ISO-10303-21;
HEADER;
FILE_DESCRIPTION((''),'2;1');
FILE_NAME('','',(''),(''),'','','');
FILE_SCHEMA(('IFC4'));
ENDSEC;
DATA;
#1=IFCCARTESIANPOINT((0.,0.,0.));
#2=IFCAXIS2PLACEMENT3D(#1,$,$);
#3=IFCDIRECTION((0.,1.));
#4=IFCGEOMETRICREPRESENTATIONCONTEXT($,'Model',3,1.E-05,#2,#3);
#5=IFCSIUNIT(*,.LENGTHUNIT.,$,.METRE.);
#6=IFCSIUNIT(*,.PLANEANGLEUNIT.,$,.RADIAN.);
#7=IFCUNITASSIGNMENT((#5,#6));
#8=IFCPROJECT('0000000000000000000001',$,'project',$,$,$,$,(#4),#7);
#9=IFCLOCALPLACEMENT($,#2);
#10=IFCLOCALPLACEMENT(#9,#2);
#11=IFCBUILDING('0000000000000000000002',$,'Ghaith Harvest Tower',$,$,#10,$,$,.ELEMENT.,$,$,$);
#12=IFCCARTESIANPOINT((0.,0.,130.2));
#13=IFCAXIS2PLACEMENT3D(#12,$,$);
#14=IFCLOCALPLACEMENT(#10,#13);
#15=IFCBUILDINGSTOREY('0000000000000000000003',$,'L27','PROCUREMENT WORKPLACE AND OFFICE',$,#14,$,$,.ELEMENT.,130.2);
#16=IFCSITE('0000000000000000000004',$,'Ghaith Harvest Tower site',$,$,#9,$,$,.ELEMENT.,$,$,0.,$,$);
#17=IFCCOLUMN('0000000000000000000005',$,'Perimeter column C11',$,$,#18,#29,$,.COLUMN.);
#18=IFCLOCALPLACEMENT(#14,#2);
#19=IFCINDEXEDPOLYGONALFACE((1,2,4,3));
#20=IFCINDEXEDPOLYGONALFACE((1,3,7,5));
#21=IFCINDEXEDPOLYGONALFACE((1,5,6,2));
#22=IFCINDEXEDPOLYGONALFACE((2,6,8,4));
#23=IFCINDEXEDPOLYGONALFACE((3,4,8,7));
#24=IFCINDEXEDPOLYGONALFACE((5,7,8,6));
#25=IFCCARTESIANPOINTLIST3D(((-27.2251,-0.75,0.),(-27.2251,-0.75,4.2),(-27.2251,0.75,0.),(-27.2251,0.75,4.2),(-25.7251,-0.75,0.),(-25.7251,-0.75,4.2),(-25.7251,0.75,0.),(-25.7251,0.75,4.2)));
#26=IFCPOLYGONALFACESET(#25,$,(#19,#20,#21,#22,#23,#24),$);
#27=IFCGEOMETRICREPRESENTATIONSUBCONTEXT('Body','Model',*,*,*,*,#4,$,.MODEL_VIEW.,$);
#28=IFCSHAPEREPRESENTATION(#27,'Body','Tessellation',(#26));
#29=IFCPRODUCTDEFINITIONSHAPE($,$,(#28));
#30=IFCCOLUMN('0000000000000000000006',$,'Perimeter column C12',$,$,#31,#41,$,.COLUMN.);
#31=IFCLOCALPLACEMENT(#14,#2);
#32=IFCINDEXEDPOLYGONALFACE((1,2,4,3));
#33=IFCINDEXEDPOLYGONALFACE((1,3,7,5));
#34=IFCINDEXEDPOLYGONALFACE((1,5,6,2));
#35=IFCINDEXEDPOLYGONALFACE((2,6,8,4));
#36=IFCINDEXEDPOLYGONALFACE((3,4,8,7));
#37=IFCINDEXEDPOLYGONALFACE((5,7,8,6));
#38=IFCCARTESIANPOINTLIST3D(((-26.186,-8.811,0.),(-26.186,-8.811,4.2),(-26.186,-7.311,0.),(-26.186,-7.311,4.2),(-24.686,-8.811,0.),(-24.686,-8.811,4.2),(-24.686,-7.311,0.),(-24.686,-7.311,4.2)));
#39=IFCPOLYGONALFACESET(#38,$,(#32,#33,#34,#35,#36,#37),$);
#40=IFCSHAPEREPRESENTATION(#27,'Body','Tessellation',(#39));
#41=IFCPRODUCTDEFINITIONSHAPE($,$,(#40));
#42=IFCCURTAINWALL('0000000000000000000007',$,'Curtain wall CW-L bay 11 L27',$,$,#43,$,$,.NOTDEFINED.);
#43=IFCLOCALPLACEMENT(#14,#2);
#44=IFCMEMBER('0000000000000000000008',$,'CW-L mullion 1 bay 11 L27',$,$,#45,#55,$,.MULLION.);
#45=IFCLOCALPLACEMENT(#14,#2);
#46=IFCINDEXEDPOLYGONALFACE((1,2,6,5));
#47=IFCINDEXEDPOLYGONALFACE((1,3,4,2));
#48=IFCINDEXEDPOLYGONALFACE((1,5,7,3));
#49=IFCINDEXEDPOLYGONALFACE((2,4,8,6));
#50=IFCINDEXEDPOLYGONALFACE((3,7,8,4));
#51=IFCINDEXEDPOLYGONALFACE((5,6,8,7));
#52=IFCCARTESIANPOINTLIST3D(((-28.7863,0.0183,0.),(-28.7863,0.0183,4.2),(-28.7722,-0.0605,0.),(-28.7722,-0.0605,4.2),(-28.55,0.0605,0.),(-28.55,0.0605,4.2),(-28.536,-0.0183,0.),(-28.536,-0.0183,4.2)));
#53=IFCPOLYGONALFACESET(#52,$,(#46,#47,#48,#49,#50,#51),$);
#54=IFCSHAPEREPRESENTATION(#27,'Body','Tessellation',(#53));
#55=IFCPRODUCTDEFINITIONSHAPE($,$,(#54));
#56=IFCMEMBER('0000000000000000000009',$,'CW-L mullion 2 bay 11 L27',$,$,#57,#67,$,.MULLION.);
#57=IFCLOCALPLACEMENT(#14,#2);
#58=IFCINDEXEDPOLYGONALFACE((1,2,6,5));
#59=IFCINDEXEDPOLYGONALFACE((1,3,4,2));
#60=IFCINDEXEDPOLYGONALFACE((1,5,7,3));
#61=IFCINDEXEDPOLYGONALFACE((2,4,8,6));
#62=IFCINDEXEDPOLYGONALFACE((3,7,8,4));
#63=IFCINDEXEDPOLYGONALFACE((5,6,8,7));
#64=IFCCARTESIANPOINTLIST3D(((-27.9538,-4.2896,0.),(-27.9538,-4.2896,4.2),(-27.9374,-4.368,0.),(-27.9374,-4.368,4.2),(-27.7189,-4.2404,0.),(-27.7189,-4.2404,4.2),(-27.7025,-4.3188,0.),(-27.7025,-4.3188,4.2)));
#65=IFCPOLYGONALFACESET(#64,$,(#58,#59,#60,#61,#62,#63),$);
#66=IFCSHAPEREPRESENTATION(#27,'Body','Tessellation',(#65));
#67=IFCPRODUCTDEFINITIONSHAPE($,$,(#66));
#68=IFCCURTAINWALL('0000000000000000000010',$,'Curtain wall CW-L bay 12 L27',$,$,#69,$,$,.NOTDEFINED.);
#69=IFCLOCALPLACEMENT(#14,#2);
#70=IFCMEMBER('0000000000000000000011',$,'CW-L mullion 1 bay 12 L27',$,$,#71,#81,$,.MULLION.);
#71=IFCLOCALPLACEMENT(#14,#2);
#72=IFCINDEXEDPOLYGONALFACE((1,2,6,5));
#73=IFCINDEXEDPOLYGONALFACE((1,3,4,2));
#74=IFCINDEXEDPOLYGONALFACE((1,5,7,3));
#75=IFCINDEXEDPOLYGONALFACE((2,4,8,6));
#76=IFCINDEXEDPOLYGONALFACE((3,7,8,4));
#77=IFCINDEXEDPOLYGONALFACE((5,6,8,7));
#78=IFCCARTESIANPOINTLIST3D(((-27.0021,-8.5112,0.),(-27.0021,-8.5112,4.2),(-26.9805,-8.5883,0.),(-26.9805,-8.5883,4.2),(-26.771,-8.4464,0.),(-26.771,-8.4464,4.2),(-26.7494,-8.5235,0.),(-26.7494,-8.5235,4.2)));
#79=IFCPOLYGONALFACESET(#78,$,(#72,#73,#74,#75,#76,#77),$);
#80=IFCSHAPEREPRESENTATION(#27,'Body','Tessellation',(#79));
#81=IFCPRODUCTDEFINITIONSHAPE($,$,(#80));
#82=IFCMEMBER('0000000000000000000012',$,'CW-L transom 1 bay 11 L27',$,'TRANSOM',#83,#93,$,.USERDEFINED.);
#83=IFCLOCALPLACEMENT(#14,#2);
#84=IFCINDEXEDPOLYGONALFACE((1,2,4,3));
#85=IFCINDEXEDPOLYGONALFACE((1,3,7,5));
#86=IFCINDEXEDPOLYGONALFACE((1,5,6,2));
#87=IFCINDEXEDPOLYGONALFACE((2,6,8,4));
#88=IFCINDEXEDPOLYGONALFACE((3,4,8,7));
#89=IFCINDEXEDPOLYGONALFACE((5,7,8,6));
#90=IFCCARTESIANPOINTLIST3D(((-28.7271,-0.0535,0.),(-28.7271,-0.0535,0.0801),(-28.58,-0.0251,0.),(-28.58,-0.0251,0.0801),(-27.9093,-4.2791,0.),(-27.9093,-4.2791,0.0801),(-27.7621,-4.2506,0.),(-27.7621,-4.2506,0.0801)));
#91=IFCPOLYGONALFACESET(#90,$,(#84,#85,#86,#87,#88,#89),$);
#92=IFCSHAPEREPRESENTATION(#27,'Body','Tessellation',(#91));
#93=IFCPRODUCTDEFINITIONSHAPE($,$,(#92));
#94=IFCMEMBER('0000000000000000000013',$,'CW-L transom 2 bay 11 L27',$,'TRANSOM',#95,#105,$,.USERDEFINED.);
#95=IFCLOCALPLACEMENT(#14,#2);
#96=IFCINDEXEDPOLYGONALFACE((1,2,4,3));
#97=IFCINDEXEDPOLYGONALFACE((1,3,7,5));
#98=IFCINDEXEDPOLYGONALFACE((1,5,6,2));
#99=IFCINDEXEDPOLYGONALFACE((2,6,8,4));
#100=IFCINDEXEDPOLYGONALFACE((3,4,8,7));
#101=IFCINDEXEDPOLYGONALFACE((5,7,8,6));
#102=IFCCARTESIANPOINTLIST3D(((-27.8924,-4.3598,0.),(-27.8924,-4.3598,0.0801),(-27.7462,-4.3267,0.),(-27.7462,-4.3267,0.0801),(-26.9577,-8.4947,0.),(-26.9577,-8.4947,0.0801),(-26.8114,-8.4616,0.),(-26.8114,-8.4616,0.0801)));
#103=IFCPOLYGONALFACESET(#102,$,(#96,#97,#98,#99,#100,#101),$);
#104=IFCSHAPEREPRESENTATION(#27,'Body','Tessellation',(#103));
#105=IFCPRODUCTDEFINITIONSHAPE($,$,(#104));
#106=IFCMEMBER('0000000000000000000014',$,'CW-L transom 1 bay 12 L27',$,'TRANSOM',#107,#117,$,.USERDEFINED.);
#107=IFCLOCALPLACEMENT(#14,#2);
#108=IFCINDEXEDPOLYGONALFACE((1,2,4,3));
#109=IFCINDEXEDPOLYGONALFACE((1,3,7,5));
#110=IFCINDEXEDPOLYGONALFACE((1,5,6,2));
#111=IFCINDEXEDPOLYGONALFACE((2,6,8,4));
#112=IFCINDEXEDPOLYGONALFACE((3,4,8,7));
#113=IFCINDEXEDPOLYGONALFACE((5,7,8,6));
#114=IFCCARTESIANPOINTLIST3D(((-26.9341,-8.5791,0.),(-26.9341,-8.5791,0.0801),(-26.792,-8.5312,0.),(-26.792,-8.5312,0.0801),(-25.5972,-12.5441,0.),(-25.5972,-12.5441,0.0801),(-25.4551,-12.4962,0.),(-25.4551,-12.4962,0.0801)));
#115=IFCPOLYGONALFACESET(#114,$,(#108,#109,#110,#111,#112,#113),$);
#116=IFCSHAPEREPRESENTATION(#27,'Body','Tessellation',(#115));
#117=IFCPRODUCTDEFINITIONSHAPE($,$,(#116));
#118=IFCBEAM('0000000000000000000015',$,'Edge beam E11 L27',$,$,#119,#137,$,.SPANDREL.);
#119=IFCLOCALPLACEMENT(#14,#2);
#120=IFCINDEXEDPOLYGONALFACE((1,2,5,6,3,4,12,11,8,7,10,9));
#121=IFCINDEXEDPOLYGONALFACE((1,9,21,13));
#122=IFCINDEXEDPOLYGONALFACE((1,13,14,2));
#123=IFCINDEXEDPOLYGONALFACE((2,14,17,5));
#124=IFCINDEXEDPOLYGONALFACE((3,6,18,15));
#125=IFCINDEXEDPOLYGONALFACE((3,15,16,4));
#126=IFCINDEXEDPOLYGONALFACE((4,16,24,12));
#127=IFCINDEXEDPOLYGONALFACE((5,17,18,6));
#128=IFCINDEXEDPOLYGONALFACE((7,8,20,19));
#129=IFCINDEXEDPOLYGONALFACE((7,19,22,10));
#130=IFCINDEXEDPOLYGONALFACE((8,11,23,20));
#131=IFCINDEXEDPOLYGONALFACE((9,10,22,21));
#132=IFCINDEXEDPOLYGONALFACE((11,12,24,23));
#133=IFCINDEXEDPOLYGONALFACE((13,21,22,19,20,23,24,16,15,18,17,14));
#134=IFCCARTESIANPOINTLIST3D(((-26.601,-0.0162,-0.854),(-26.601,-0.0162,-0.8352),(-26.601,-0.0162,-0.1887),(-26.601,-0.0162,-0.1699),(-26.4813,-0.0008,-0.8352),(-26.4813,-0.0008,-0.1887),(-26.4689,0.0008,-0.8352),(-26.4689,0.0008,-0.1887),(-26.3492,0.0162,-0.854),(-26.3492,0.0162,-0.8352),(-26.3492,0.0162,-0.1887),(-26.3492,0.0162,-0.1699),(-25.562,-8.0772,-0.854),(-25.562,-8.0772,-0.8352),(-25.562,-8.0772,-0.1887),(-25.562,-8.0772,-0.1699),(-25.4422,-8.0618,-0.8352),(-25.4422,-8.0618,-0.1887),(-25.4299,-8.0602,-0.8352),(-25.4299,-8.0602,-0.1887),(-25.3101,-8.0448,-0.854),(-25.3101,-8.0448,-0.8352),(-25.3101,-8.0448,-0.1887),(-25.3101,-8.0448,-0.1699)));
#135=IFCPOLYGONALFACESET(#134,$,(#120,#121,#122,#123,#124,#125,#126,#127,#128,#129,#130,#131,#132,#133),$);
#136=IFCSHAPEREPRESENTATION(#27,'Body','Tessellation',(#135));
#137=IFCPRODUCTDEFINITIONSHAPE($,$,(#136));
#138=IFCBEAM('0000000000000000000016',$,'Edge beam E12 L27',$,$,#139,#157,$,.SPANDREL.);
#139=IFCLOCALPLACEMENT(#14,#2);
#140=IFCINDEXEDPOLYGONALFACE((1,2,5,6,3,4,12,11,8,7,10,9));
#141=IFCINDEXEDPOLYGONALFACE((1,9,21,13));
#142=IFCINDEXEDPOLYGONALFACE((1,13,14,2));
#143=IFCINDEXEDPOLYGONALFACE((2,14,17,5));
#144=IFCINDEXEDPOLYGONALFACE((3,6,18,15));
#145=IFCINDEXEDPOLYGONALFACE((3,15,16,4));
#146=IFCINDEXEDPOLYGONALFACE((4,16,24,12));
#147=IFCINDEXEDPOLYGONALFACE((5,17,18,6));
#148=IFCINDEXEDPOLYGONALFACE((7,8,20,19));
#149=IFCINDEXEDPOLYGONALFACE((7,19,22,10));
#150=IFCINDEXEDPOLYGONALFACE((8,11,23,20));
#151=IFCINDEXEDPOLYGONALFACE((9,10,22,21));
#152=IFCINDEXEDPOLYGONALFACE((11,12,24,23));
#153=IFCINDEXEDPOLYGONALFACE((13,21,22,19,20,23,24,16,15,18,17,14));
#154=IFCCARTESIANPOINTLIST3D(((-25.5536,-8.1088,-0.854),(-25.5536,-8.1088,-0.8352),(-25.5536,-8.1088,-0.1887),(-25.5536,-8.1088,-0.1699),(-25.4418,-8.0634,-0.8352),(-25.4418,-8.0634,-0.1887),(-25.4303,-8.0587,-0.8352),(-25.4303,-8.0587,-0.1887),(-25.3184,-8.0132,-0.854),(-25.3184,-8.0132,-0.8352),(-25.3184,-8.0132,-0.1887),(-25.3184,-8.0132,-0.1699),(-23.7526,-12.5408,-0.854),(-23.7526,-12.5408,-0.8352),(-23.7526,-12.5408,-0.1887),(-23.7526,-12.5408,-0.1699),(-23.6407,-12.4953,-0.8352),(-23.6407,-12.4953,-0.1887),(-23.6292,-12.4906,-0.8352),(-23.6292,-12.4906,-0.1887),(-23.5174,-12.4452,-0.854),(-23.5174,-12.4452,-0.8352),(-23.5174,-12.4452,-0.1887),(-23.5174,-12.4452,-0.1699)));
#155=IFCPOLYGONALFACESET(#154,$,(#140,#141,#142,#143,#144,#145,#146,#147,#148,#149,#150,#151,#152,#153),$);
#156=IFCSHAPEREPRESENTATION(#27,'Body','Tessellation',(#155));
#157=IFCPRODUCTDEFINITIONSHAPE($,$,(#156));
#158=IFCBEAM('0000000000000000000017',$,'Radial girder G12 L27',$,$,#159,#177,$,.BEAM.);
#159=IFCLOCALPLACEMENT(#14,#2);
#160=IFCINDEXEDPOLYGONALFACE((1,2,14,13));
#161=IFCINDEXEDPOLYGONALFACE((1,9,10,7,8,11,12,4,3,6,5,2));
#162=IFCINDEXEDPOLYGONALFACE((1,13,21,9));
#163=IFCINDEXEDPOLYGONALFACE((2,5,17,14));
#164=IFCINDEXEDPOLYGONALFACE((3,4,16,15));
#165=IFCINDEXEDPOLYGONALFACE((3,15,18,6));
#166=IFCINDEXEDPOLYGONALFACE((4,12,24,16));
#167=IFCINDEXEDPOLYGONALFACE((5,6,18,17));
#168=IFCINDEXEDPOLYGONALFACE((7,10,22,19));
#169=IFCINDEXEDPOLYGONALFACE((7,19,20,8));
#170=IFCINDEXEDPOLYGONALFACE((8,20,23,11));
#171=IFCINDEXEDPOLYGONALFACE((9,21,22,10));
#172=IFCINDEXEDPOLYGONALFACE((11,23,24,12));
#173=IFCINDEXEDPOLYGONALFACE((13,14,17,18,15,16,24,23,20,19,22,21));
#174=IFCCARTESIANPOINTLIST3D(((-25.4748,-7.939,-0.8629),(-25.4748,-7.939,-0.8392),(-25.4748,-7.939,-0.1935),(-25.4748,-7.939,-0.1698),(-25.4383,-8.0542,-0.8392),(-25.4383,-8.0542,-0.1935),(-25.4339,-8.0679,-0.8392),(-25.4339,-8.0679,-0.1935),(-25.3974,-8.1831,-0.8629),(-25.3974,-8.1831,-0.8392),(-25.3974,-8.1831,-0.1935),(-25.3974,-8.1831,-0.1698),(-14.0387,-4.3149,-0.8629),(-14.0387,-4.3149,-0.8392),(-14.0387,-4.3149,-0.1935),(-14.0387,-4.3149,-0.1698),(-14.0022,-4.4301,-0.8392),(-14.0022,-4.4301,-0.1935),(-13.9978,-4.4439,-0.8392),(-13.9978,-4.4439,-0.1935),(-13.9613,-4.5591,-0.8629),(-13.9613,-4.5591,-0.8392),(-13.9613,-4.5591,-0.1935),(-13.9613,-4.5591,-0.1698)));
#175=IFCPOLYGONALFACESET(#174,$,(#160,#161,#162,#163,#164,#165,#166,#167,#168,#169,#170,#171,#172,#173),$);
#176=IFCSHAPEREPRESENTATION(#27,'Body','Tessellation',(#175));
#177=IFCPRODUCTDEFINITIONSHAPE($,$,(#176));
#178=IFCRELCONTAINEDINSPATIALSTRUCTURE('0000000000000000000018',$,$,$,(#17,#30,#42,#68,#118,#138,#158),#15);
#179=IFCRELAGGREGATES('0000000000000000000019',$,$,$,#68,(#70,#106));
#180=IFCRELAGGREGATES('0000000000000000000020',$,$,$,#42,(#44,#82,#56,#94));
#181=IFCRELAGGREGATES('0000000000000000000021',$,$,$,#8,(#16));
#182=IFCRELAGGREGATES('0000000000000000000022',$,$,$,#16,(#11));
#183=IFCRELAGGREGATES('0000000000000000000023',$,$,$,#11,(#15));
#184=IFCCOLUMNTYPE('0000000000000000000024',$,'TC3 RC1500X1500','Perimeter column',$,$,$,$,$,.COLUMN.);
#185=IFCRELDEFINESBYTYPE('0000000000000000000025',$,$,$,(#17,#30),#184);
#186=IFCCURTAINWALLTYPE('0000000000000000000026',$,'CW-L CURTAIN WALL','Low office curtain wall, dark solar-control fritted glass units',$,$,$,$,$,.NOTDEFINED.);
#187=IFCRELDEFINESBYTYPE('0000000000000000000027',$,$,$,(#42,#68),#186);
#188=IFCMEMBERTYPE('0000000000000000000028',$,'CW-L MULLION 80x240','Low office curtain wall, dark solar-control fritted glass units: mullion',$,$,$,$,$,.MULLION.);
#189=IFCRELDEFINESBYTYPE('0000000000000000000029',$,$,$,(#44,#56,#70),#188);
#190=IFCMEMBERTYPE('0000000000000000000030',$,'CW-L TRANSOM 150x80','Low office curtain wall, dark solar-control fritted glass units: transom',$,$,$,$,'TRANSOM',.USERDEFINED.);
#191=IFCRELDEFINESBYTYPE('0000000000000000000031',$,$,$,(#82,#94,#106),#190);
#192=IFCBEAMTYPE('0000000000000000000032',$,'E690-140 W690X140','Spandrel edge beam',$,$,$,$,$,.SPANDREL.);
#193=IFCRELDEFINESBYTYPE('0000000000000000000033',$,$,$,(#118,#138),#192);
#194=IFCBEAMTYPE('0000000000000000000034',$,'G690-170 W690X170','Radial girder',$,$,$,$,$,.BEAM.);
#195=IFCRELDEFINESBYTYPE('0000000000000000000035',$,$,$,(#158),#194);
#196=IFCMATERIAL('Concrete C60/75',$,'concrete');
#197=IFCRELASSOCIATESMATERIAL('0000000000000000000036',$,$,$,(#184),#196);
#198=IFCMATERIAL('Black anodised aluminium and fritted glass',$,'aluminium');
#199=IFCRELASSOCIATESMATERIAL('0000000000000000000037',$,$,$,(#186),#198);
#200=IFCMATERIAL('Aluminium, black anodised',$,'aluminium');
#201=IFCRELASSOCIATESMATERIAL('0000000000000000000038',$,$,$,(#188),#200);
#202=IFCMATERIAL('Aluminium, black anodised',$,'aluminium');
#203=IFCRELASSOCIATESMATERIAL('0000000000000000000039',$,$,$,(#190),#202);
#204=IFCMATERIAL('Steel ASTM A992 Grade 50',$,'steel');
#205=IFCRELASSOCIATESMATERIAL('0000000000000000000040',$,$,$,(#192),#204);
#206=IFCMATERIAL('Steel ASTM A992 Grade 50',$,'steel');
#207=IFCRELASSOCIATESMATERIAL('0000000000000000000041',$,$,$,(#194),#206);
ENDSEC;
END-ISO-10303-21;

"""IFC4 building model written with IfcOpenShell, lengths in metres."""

from ifc_helpers import new_model, si_unit, direction, frame, origin, origin_2d, place, context, subcontext, project, spatial, rectangle, i_section, extrude, material, material_profile, profile_set, type_object, element, aggregate, save


model = new_model("IFC4")

# Units and contexts
model_context = context("Model", 3, precision=1e-05, world=origin(), true_north=direction((0.0, 1.0)))
body_context = subcontext(model_context, "Body", "Model", "MODEL_VIEW")
ifc_project = project(units=[si_unit("LENGTHUNIT", "METRE"), si_unit("PLANEANGLEUNIT", "RADIAN")], contexts=[model_context])

# Site, building, storey
site_placement = place(None, origin())
site = spatial("IfcSite", under=ifc_project, at=site_placement, Name="Ghaith Harvest Tower site", CompositionType="ELEMENT", RefElevation=0.0)
building_placement = place(site_placement, origin())
building = spatial("IfcBuilding", under=site, at=building_placement, Name="Ghaith Harvest Tower", CompositionType="ELEMENT")
storey_placement = place(building_placement, frame((0.0, 0.0, 130.2)))
storey = spatial("IfcBuildingStorey", under=building, at=storey_placement, Name="L27", Description="PROCUREMENT WORKPLACE AND OFFICE", CompositionType="ELEMENT", Elevation=130.2)

# Columns
ifc_material_1 = material(Name="Concrete C60/75", Category="concrete")
ifc_material_profile_1 = material_profile(ifc_material_1, rectangle(XDim=1.5, YDim=1.5, at=origin_2d()), Name="RC1500X1500")
ifc_profile_set_1 = profile_set([ifc_material_profile_1], Name="Concrete C60/75")
column_type = type_object("IfcColumnType", Name="TC3 RC1500X1500", Description="Perimeter column", PredefinedType="COLUMN", material=ifc_profile_set_1)
for number, where, z_axis, x_axis, name in (
    (1, (-26.4751, 0.0, 0.0), (0.0, 0.0, 1.0), (1.0, 0.0, 0.0), "Perimeter column C11"),
    (2, (-25.436, -8.061, 0.0), (0.0, 0.0, 1.0), (1.0, 0.0, 0.0), "Perimeter column C12"),
):
    element("IfcColumn", number, at=place(storey_placement, frame(where, z_axis=z_axis, x_axis=x_axis)), inside=storey, type_object=column_type, Name=name, PredefinedType="COLUMN", context=body_context, shape_type="SweptSolid", body=[
        extrude(rectangle(XDim=1.5, YDim=1.5, at=origin_2d()), origin(), (0.0, 0.0, 1.0), 4.2),
    ])

# Curtain wall, members
ifc_material_2 = material(Name="Black anodised aluminium and fritted glass", Category="aluminium")
curtain_wall_type = type_object("IfcCurtainWallType", Name="CW-L CURTAIN WALL", Description="Low office curtain wall, dark solar-control fritted glass units", PredefinedType="NOTDEFINED", material=ifc_material_2)
curtain_wall_1_placement = place(storey_placement, origin())
curtain_wall_1 = element("IfcCurtainWall", 3, at=curtain_wall_1_placement, inside=storey, type_object=curtain_wall_type, Name="Curtain wall CW-L bay 11 L27", PredefinedType="NOTDEFINED")
ifc_material_3 = material(Name="Aluminium, black anodised", Category="aluminium")
ifc_material_profile_2 = material_profile(ifc_material_3, rectangle(XDim=0.0801, YDim=0.24, at=origin_2d()), Name="CW-L MULLION 80x240")
ifc_profile_set_2 = profile_set([ifc_material_profile_2], Name="Aluminium, black anodised")
member_type_1 = type_object("IfcMemberType", Name="CW-L MULLION 80x240", Description="Low office curtain wall, dark solar-control fritted glass units: mullion", PredefinedType="MULLION", material=ifc_profile_set_2)
member_1_placement = place(storey_placement, frame((-28.6611, 0.0, 0.0), z_axis=(0.0, 0.0, 1.0), x_axis=(0.175827, -0.984421, 0.0)))
member_1 = element("IfcMember", 4, at=member_1_placement, type_object=member_type_1, Name="CW-L mullion 1 bay 11 L27", PredefinedType="MULLION", context=body_context, shape_type="SweptSolid", body=[
    extrude(rectangle(XDim=0.0801, YDim=0.24, at=origin_2d()), origin(), (0.0, 0.0, 1.0), 4.2),
])
member_2_placement = place(storey_placement, frame((-27.8281, -4.3042, 0.0), z_axis=(0.0, 0.0, 1.0), x_axis=(0.205176, -0.978725, 0.0)))
member_2 = element("IfcMember", 5, at=member_2_placement, type_object=member_type_1, Name="CW-L mullion 2 bay 11 L27", PredefinedType="MULLION", context=body_context, shape_type="SweptSolid", body=[
    extrude(rectangle(XDim=0.0801, YDim=0.24, at=origin_2d()), origin(), (0.0, 0.0, 1.0), 4.2),
])

# Curtain wall, member
curtain_wall_2_placement = place(storey_placement, origin())
curtain_wall_2 = element("IfcCurtainWall", 6, at=curtain_wall_2_placement, inside=storey, type_object=curtain_wall_type, Name="Curtain wall CW-L bay 12 L27", PredefinedType="NOTDEFINED")
member_3_placement = place(storey_placement, frame((-26.8757, -8.5173, 0.0), z_axis=(0.0, 0.0, 1.0), x_axis=(0.270019, -0.962855, 0.0)))
member_3 = element("IfcMember", 7, at=member_3_placement, type_object=member_type_1, Name="CW-L mullion 1 bay 12 L27", PredefinedType="MULLION", context=body_context, shape_type="SweptSolid", body=[
    extrude(rectangle(XDim=0.0801, YDim=0.24, at=origin_2d()), origin(), (0.0, 0.0, 1.0), 4.2),
])

# Members
ifc_material_4 = material(Name="Aluminium, black anodised", Category="aluminium")
ifc_material_profile_3 = material_profile(ifc_material_4, rectangle(XDim=0.1499, YDim=0.0801, at=origin_2d()), Name="CW-L TRANSOM 150x80")
ifc_profile_set_3 = profile_set([ifc_material_profile_3], Name="Aluminium, black anodised")
member_type_2 = type_object("IfcMemberType", Name="CW-L TRANSOM 150x80", Description="Low office curtain wall, dark solar-control fritted glass units: transom", ElementType="TRANSOM", PredefinedType="USERDEFINED", material=ifc_profile_set_3)
member_4_placement = place(storey_placement, frame((-28.6536, -0.0393, 0.04), z_axis=(0.190025, -0.981779, 0.0), x_axis=(0.981779, 0.190025, 0.0)))
member_4 = element("IfcMember", 8, at=member_4_placement, type_object=member_type_2, Name="CW-L transom 1 bay 11 L27", ObjectType="TRANSOM", PredefinedType="USERDEFINED", context=body_context, shape_type="SweptSolid", body=[
    extrude(rectangle(XDim=0.1499, YDim=0.0801, at=origin_2d()), origin(), (0.0, 0.0, 1.0), 4.304),
])
member_5_placement = place(storey_placement, frame((-27.8193, -4.3433, 0.04), z_axis=(0.220508, -0.975385, 0.0), x_axis=(0.975385, 0.220508, 0.0)))
member_5 = element("IfcMember", 9, at=member_5_placement, type_object=member_type_2, Name="CW-L transom 2 bay 11 L27", ObjectType="TRANSOM", PredefinedType="USERDEFINED", context=body_context, shape_type="SweptSolid", body=[
    extrude(rectangle(XDim=0.1499, YDim=0.0801, at=origin_2d()), origin(), (0.0, 0.0, 1.0), 4.2393),
])
member_6_placement = place(storey_placement, frame((-26.863, -8.5552, 0.04), z_axis=(0.319499, -0.947587, 0.0), x_axis=(0.947587, 0.319499, 0.0)))
member_6 = element("IfcMember", 10, at=member_6_placement, type_object=member_type_2, Name="CW-L transom 1 bay 12 L27", ObjectType="TRANSOM", PredefinedType="USERDEFINED", context=body_context, shape_type="SweptSolid", body=[
    extrude(rectangle(XDim=0.1499, YDim=0.0801, at=origin_2d()), origin(), (0.0, 0.0, 1.0), 4.1843),
])
aggregate(curtain_wall_2, [member_3, member_6])

# Beams
ifc_material_5 = material(Name="Steel ASTM A992 Grade 50", Category="steel")
ifc_material_profile_4 = material_profile(ifc_material_5, i_section(OverallWidth=0.2539, OverallDepth=0.6841, WebThickness=0.0125, FlangeThickness=0.0188, at=origin_2d()), Name="W690X140")
ifc_profile_set_4 = profile_set([ifc_material_profile_4], Name="Steel ASTM A992 Grade 50")
beam_type_1 = type_object("IfcBeamType", Name="E690-140 W690X140", Description="Spandrel edge beam", PredefinedType="SPANDREL", material=ifc_profile_set_4)
beam_1_placement = place(storey_placement, frame((-26.4751, 0.0, -0.512), z_axis=(0.127842, -0.991795, 0.0), x_axis=(0.991795, 0.127842, 0.0)))
element("IfcBeam", 11, at=beam_1_placement, inside=storey, type_object=beam_type_1, Name="Edge beam E11 L27", PredefinedType="SPANDREL", context=body_context, shape_type="SweptSolid", body=[
    extrude(i_section(OverallWidth=0.2539, OverallDepth=0.6841, WebThickness=0.0125, FlangeThickness=0.0188, at=origin_2d()), origin(), (0.0, 0.0, 1.0), 8.1277),
])
beam_2_placement = place(storey_placement, frame((-25.436, -8.061, -0.512), z_axis=(0.37648, -0.926425, 0.0), x_axis=(0.926425, 0.37648, 0.0)))
element("IfcBeam", 12, at=beam_2_placement, inside=storey, type_object=beam_type_1, Name="Edge beam E12 L27", PredefinedType="SPANDREL", context=body_context, shape_type="SweptSolid", body=[
    extrude(i_section(OverallWidth=0.2539, OverallDepth=0.6841, WebThickness=0.0125, FlangeThickness=0.0188, at=origin_2d()), origin(), (0.0, 0.0, 1.0), 4.7839),
])
ifc_material_6 = material(Name="Steel ASTM A992 Grade 50", Category="steel")
ifc_material_profile_5 = material_profile(ifc_material_6, i_section(OverallWidth=0.2561, OverallDepth=0.6931, WebThickness=0.0144, FlangeThickness=0.0237, at=origin_2d()), Name="W690X170")
ifc_profile_set_5 = profile_set([ifc_material_profile_5], Name="Steel ASTM A992 Grade 50")
beam_type_2 = type_object("IfcBeamType", Name="G690-170 W690X170", Description="Radial girder", PredefinedType="BEAM", material=ifc_profile_set_5)
beam_3_placement = place(storey_placement, frame((-14.0, -4.437, -0.5164), z_axis=(-0.95328, -0.30209, 0.0), x_axis=(0.30209, -0.95328, 0.0)))
element("IfcBeam", 13, at=beam_3_placement, inside=storey, type_object=beam_type_2, Name="Radial girder G12 L27", PredefinedType="BEAM", context=body_context, shape_type="SweptSolid", body=[
    extrude(i_section(OverallWidth=0.2561, OverallDepth=0.6931, WebThickness=0.0144, FlangeThickness=0.0237, at=origin_2d()), origin(), (0.0, 0.0, 1.0), 11.9966),
])

aggregate(curtain_wall_1, [member_1, member_4, member_2, member_5])

save(model, "model.ifc")
